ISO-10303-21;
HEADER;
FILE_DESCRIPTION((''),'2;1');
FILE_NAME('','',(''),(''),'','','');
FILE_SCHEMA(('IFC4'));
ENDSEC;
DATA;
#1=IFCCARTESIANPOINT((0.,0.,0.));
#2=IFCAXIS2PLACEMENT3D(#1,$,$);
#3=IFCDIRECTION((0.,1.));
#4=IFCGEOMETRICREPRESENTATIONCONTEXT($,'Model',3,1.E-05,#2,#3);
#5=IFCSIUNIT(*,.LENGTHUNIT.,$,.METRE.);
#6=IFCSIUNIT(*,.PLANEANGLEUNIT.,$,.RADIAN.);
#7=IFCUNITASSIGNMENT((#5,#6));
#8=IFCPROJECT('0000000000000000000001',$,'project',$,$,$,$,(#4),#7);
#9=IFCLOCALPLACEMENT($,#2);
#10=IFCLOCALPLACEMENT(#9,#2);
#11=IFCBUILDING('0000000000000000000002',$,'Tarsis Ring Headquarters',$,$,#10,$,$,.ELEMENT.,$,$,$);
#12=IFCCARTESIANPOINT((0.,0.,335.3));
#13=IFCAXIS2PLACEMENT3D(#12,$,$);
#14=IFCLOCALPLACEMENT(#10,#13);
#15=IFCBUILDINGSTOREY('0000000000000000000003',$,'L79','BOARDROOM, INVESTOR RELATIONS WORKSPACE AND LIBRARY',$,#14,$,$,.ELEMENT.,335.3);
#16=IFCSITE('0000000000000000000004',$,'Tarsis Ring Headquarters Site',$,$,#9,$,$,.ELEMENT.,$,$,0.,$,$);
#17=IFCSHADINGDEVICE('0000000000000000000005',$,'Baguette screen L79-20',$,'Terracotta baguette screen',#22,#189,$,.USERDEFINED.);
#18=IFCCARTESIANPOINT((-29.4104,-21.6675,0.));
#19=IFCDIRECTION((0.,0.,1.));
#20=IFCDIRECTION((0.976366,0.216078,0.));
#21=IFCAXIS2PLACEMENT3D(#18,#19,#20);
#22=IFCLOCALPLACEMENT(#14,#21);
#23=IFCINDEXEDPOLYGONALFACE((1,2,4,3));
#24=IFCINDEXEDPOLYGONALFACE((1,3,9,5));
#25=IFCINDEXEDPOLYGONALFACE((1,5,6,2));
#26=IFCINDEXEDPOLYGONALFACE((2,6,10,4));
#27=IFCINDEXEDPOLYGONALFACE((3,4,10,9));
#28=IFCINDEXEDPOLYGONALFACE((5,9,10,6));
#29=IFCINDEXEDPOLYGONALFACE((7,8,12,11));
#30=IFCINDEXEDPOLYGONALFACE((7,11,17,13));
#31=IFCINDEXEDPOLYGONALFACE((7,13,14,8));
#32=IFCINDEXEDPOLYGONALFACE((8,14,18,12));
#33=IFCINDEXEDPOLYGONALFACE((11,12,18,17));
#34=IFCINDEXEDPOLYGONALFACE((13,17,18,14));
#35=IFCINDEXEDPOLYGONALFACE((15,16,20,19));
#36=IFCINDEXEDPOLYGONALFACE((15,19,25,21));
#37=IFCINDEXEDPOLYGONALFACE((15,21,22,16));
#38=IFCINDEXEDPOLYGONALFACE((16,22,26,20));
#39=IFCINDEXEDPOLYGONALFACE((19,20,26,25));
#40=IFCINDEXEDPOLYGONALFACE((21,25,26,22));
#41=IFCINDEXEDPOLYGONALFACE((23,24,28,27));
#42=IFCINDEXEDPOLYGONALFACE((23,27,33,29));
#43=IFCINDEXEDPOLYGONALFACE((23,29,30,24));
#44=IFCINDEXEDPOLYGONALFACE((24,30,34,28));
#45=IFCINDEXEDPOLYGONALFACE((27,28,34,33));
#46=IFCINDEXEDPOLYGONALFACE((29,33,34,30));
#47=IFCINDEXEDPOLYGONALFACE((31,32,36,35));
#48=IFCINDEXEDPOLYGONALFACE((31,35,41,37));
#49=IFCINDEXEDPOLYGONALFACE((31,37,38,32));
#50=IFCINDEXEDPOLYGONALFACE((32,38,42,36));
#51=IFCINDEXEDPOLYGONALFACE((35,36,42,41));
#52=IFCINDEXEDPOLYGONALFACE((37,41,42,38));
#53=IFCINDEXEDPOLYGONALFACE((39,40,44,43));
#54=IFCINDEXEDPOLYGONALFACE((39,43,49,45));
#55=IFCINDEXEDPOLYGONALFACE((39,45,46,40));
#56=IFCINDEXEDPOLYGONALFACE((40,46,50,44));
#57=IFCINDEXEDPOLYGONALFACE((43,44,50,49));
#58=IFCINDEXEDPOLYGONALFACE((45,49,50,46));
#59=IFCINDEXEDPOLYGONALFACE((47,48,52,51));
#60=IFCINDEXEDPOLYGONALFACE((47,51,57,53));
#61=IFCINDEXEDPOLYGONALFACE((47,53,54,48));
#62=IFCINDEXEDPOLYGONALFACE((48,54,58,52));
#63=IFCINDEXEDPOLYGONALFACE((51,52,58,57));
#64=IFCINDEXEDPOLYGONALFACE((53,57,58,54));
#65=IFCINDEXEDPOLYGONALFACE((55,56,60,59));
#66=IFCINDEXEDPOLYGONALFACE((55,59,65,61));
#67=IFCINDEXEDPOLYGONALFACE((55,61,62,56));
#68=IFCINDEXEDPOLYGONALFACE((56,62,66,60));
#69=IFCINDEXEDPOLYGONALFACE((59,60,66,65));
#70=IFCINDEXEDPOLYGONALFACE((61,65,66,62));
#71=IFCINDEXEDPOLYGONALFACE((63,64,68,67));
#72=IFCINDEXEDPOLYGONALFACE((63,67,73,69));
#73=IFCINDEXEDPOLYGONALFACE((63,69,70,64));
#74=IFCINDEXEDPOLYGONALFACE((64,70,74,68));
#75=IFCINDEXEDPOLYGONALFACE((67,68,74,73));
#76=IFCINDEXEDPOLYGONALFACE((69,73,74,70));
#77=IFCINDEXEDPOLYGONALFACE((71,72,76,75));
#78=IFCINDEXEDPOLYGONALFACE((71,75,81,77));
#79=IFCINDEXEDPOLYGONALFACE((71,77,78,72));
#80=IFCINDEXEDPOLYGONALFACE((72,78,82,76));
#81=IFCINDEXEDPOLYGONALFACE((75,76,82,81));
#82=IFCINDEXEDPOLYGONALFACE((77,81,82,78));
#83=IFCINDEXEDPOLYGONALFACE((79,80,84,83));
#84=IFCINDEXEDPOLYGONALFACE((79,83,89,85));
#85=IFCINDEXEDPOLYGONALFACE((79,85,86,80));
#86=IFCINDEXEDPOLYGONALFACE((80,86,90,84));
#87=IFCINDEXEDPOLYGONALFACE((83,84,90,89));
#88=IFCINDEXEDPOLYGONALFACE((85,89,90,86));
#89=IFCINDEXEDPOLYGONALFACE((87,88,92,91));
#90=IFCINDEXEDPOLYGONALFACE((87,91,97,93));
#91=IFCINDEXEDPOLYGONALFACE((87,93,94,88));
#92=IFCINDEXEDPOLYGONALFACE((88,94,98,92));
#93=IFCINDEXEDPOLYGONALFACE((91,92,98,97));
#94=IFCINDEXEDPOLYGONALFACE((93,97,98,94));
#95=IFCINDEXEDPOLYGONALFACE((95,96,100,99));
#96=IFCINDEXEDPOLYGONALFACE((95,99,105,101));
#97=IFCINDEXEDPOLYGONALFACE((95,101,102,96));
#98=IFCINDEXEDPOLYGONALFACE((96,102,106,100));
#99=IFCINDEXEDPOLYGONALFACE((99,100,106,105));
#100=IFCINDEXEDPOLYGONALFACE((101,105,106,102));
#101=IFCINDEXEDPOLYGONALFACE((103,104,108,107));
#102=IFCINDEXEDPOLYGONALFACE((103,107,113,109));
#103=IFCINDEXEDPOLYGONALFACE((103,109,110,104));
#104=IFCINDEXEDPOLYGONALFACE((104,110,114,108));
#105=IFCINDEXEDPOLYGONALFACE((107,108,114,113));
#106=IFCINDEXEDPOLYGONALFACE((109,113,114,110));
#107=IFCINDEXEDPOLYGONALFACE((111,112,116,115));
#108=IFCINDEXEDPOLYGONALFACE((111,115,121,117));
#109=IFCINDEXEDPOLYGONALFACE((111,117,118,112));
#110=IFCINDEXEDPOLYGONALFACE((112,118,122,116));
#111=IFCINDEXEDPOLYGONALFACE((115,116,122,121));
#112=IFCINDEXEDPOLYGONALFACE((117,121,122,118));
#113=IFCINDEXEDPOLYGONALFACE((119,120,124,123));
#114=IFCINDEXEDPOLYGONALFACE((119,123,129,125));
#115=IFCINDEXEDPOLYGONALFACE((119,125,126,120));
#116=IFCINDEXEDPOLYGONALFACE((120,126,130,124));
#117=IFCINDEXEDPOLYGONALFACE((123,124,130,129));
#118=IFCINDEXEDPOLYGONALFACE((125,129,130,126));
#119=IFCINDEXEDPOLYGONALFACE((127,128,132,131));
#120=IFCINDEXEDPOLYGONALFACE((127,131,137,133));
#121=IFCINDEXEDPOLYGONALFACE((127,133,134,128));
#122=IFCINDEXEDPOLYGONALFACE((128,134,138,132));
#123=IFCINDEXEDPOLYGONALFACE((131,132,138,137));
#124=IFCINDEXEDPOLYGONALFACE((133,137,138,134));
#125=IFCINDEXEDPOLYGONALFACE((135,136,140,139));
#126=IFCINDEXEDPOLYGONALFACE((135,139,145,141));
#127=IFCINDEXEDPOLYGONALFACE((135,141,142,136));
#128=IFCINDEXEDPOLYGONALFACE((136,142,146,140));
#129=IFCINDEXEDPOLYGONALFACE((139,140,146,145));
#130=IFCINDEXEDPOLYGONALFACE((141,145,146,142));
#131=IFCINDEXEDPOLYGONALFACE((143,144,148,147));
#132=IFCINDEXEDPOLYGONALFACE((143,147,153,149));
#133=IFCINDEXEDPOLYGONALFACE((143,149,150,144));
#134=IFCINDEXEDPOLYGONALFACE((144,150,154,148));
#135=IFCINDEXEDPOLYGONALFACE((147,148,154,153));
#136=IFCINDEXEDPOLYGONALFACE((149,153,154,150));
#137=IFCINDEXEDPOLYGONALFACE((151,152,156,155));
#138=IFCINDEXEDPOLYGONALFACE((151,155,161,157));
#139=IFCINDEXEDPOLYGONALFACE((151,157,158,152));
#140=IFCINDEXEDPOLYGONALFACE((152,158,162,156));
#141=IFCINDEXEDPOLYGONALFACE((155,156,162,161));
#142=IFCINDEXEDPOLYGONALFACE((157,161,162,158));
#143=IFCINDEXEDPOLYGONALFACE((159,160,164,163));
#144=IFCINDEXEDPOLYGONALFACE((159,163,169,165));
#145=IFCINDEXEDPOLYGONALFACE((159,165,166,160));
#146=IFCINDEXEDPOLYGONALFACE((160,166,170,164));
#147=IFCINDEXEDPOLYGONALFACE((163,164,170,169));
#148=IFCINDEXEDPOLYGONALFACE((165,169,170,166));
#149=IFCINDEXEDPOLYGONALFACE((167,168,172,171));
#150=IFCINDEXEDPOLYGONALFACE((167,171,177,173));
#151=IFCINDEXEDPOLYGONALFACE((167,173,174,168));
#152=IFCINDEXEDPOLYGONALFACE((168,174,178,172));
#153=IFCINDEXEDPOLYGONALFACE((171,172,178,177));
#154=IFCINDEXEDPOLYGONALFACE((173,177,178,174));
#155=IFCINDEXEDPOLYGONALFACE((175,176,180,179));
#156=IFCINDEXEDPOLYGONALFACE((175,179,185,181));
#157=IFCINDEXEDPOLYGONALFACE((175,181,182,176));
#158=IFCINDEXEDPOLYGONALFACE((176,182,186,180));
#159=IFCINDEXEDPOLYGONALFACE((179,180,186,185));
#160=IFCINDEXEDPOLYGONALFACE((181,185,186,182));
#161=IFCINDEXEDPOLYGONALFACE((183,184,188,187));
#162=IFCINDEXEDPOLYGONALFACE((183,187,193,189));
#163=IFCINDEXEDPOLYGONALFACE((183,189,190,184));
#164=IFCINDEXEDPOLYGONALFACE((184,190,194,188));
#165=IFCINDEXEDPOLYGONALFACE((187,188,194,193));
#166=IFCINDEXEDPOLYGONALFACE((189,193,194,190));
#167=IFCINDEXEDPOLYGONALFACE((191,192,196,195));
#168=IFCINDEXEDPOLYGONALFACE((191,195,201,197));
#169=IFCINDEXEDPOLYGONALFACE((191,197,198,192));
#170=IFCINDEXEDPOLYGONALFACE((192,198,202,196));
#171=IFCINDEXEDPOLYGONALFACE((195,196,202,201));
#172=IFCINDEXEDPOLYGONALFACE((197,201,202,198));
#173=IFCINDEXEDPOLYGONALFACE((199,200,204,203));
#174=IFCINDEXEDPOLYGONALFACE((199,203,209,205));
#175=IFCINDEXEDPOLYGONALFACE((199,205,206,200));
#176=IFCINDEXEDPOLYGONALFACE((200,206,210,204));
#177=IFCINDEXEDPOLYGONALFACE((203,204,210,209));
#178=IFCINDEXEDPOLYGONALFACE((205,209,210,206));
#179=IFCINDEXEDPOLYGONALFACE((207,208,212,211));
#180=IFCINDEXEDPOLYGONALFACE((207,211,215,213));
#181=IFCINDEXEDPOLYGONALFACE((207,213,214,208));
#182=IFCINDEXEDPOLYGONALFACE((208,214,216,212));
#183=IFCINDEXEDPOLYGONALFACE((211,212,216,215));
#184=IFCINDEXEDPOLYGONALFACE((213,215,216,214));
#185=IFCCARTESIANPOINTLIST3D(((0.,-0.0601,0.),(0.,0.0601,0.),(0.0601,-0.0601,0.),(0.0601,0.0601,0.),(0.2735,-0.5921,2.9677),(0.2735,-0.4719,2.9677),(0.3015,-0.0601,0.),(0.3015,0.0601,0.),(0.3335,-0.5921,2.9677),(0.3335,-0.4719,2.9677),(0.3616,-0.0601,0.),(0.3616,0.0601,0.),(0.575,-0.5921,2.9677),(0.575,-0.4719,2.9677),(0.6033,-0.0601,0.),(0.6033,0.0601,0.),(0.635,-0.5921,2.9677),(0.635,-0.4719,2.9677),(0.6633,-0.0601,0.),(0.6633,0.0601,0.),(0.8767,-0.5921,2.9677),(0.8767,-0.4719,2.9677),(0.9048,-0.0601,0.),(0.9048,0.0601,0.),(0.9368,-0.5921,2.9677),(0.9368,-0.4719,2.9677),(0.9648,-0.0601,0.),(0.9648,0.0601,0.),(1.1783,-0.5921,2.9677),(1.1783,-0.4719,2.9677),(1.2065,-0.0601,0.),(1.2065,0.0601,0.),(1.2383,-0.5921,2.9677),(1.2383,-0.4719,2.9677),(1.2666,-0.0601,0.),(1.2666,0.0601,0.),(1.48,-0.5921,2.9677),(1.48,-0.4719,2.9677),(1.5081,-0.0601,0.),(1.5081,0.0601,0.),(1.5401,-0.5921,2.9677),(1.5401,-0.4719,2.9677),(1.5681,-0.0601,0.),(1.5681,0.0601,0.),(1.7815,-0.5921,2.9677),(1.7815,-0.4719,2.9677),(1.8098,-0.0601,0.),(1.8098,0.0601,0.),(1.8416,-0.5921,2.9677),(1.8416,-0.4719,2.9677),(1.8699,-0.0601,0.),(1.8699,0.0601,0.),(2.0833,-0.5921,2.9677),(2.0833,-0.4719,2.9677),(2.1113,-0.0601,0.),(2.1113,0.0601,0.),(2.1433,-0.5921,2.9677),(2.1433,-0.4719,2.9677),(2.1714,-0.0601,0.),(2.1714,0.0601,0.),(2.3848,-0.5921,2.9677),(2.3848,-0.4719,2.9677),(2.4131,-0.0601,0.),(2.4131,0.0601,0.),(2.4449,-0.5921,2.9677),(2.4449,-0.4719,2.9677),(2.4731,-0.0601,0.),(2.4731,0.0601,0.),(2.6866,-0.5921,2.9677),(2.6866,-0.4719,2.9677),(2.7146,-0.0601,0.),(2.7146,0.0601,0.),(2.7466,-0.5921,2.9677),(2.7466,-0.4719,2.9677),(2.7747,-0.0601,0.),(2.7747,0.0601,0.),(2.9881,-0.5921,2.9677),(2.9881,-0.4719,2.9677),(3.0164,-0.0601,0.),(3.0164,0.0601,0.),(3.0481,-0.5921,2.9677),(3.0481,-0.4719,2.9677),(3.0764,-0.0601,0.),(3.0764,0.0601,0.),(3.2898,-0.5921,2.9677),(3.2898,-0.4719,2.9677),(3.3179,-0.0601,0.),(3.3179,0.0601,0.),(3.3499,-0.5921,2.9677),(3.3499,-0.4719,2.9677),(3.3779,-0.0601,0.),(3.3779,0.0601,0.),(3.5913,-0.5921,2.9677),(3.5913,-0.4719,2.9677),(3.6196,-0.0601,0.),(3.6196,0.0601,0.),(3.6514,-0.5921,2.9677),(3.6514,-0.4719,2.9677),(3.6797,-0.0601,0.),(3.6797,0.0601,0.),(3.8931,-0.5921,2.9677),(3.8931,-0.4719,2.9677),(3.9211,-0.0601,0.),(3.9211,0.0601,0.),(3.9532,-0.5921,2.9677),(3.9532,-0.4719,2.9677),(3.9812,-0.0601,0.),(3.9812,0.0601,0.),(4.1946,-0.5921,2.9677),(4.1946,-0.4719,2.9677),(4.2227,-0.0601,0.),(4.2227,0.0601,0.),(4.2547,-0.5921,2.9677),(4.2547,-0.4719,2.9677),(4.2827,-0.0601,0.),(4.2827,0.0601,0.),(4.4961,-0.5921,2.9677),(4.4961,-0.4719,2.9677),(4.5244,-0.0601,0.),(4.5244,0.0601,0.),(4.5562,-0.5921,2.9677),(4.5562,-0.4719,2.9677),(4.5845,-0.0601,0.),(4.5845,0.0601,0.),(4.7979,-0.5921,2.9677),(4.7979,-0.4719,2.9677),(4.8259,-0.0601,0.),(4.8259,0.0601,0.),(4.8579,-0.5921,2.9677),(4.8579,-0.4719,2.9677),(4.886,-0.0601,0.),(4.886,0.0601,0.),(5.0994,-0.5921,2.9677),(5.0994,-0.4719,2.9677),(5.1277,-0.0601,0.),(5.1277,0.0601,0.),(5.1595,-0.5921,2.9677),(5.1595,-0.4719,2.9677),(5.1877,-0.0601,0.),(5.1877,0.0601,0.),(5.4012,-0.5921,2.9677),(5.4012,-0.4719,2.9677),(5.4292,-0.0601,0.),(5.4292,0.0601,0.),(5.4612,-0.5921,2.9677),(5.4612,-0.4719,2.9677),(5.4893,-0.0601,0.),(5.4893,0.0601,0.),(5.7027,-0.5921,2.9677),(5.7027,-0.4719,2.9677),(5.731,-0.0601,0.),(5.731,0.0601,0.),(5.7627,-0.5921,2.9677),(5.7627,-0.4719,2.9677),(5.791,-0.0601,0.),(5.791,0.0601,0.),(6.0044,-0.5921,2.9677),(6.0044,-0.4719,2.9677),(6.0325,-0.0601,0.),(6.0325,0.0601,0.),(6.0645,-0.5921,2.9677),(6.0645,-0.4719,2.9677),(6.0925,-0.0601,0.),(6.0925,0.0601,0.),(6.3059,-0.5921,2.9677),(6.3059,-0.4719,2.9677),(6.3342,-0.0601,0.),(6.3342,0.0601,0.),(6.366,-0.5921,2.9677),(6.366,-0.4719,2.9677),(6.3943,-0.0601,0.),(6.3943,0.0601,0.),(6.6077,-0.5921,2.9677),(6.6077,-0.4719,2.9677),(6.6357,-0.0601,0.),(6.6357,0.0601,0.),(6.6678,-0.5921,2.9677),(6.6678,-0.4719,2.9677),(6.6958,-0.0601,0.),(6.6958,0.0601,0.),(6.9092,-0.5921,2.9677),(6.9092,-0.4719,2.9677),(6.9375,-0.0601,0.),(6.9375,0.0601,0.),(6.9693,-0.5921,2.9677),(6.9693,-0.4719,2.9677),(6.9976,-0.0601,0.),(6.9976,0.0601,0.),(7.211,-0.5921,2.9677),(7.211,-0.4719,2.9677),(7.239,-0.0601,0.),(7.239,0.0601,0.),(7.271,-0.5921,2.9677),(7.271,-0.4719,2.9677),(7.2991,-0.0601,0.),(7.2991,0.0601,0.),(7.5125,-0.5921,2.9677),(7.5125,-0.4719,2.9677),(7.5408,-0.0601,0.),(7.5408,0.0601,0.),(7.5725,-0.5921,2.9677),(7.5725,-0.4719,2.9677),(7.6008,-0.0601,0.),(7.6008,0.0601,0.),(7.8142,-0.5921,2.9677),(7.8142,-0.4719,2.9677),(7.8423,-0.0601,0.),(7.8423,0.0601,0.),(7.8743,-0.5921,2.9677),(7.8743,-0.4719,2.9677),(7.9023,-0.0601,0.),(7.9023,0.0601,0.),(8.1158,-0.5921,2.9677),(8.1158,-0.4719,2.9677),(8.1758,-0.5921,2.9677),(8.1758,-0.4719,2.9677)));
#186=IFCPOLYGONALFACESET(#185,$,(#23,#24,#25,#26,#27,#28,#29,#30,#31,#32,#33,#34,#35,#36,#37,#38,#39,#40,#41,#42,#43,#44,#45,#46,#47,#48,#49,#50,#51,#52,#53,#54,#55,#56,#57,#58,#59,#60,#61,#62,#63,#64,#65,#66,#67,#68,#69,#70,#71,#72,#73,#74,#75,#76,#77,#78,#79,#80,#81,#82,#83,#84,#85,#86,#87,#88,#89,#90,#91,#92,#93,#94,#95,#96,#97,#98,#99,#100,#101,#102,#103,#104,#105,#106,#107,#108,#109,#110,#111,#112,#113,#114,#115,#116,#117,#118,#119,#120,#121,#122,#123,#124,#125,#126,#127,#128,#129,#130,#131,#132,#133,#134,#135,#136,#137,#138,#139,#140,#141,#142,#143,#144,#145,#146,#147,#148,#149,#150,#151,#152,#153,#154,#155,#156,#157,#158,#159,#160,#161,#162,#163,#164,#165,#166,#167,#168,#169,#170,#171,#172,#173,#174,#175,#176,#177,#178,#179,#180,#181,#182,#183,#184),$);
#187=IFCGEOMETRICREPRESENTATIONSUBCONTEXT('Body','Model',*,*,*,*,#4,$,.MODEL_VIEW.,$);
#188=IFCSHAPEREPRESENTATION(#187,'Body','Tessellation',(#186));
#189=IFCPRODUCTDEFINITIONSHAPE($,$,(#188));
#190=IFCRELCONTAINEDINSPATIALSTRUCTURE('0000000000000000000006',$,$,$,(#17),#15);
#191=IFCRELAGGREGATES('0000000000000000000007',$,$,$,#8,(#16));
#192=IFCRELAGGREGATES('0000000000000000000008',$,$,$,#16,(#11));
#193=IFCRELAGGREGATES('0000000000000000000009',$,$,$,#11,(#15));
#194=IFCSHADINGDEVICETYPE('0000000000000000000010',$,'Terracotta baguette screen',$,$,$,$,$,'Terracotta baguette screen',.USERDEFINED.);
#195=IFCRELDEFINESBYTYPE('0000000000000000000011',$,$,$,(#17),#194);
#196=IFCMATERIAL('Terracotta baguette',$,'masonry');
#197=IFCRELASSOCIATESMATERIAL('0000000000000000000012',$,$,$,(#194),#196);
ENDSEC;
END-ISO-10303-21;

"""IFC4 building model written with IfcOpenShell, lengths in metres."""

from ifc_helpers import new_model, si_unit, direction, frame, frame_2d, origin, place, context, subcontext, project, spatial, rectangle, composite_profile, extrude, material, type_object, element, save


model = new_model("IFC4")

# Units and contexts
model_context = context("Model", 3, precision=1e-05, world=origin(), true_north=direction((0.0, 1.0)))
body_context = subcontext(model_context, "Body", "Model", "MODEL_VIEW")
ifc_project = project(units=[si_unit("LENGTHUNIT", "METRE"), si_unit("PLANEANGLEUNIT", "RADIAN")], contexts=[model_context])

# Site, building, storey
site_placement = place(None, origin())
site = spatial("IfcSite", under=ifc_project, at=site_placement, Name="Tarsis Ring Headquarters Site", CompositionType="ELEMENT", RefElevation=0.0)
building_placement = place(site_placement, origin())
building = spatial("IfcBuilding", under=site, at=building_placement, Name="Tarsis Ring Headquarters", CompositionType="ELEMENT")
storey_placement = place(building_placement, frame((0.0, 0.0, 335.3)))
storey = spatial("IfcBuildingStorey", under=building, at=storey_placement, Name="L79", Description="BOARDROOM, INVESTOR RELATIONS WORKSPACE AND LIBRARY", CompositionType="ELEMENT", Elevation=335.3)

# Shading device
ifc_material_1 = material(Name="Terracotta baguette", Category="masonry")
shading_device_type_1 = type_object("IfcShadingDeviceType", Name="Terracotta baguette screen", ElementType="Terracotta baguette screen", PredefinedType="USERDEFINED", material=ifc_material_1)
shading_device_1_placement = place(storey_placement, frame((-29.4104, -21.6675, 0.0), z_axis=(0.0, 0.0, 1.0), x_axis=(0.976366, 0.216078, 0.0)))
element("IfcShadingDevice", 1, at=shading_device_1_placement, inside=storey, type_object=shading_device_type_1, Name="Baguette screen L79-20", ObjectType="Terracotta baguette screen", PredefinedType="USERDEFINED", context=body_context, shape_type="SweptSolid", body=[
    extrude(composite_profile([rectangle(XDim=0.0601, YDim=0.1201, at=frame_2d((0.03, 0.0))), rectangle(XDim=0.0601, YDim=0.1201, at=frame_2d((0.3315, 0.0))), rectangle(XDim=0.0601, YDim=0.1201, at=frame_2d((0.6333, 0.0))), rectangle(XDim=0.0601, YDim=0.1201, at=frame_2d((0.9348, 0.0))), rectangle(XDim=0.0601, YDim=0.1201, at=frame_2d((1.2366, 0.0))), rectangle(XDim=0.0601, YDim=0.1201, at=frame_2d((1.5381, 0.0))), rectangle(XDim=0.0601, YDim=0.1201, at=frame_2d((1.8398, 0.0))), rectangle(XDim=0.0601, YDim=0.1201, at=frame_2d((2.1414, 0.0))), rectangle(XDim=0.0601, YDim=0.1201, at=frame_2d((2.4431, 0.0))), rectangle(XDim=0.0601, YDim=0.1201, at=frame_2d((2.7446, 0.0))), rectangle(XDim=0.0601, YDim=0.1201, at=frame_2d((3.0464, 0.0))), rectangle(XDim=0.0601, YDim=0.1201, at=frame_2d((3.3479, 0.0))), rectangle(XDim=0.0601, YDim=0.1201, at=frame_2d((3.6497, 0.0))), rectangle(XDim=0.0601, YDim=0.1201, at=frame_2d((3.9512, 0.0))), rectangle(XDim=0.0601, YDim=0.1201, at=frame_2d((4.2527, 0.0))), rectangle(XDim=0.0601, YDim=0.1201, at=frame_2d((4.5544, 0.0))), rectangle(XDim=0.0601, YDim=0.1201, at=frame_2d((4.856, 0.0))), rectangle(XDim=0.0601, YDim=0.1201, at=frame_2d((5.1577, 0.0))), rectangle(XDim=0.0601, YDim=0.1201, at=frame_2d((5.4592, 0.0))), rectangle(XDim=0.0601, YDim=0.1201, at=frame_2d((5.761, 0.0))), rectangle(XDim=0.0601, YDim=0.1201, at=frame_2d((6.0625, 0.0))), rectangle(XDim=0.0601, YDim=0.1201, at=frame_2d((6.3643, 0.0))), rectangle(XDim=0.0601, YDim=0.1201, at=frame_2d((6.6658, 0.0))), rectangle(XDim=0.0601, YDim=0.1201, at=frame_2d((6.9675, 0.0))), rectangle(XDim=0.0601, YDim=0.1201, at=frame_2d((7.269, 0.0))), rectangle(XDim=0.0601, YDim=0.1201, at=frame_2d((7.5708, 0.0))), rectangle(XDim=0.0601, YDim=0.1201, at=frame_2d((7.8723, 0.0)))]), origin(), (0.090334, -0.175732, 0.980285), 3.0273),
])

save(model, "model.ifc")
